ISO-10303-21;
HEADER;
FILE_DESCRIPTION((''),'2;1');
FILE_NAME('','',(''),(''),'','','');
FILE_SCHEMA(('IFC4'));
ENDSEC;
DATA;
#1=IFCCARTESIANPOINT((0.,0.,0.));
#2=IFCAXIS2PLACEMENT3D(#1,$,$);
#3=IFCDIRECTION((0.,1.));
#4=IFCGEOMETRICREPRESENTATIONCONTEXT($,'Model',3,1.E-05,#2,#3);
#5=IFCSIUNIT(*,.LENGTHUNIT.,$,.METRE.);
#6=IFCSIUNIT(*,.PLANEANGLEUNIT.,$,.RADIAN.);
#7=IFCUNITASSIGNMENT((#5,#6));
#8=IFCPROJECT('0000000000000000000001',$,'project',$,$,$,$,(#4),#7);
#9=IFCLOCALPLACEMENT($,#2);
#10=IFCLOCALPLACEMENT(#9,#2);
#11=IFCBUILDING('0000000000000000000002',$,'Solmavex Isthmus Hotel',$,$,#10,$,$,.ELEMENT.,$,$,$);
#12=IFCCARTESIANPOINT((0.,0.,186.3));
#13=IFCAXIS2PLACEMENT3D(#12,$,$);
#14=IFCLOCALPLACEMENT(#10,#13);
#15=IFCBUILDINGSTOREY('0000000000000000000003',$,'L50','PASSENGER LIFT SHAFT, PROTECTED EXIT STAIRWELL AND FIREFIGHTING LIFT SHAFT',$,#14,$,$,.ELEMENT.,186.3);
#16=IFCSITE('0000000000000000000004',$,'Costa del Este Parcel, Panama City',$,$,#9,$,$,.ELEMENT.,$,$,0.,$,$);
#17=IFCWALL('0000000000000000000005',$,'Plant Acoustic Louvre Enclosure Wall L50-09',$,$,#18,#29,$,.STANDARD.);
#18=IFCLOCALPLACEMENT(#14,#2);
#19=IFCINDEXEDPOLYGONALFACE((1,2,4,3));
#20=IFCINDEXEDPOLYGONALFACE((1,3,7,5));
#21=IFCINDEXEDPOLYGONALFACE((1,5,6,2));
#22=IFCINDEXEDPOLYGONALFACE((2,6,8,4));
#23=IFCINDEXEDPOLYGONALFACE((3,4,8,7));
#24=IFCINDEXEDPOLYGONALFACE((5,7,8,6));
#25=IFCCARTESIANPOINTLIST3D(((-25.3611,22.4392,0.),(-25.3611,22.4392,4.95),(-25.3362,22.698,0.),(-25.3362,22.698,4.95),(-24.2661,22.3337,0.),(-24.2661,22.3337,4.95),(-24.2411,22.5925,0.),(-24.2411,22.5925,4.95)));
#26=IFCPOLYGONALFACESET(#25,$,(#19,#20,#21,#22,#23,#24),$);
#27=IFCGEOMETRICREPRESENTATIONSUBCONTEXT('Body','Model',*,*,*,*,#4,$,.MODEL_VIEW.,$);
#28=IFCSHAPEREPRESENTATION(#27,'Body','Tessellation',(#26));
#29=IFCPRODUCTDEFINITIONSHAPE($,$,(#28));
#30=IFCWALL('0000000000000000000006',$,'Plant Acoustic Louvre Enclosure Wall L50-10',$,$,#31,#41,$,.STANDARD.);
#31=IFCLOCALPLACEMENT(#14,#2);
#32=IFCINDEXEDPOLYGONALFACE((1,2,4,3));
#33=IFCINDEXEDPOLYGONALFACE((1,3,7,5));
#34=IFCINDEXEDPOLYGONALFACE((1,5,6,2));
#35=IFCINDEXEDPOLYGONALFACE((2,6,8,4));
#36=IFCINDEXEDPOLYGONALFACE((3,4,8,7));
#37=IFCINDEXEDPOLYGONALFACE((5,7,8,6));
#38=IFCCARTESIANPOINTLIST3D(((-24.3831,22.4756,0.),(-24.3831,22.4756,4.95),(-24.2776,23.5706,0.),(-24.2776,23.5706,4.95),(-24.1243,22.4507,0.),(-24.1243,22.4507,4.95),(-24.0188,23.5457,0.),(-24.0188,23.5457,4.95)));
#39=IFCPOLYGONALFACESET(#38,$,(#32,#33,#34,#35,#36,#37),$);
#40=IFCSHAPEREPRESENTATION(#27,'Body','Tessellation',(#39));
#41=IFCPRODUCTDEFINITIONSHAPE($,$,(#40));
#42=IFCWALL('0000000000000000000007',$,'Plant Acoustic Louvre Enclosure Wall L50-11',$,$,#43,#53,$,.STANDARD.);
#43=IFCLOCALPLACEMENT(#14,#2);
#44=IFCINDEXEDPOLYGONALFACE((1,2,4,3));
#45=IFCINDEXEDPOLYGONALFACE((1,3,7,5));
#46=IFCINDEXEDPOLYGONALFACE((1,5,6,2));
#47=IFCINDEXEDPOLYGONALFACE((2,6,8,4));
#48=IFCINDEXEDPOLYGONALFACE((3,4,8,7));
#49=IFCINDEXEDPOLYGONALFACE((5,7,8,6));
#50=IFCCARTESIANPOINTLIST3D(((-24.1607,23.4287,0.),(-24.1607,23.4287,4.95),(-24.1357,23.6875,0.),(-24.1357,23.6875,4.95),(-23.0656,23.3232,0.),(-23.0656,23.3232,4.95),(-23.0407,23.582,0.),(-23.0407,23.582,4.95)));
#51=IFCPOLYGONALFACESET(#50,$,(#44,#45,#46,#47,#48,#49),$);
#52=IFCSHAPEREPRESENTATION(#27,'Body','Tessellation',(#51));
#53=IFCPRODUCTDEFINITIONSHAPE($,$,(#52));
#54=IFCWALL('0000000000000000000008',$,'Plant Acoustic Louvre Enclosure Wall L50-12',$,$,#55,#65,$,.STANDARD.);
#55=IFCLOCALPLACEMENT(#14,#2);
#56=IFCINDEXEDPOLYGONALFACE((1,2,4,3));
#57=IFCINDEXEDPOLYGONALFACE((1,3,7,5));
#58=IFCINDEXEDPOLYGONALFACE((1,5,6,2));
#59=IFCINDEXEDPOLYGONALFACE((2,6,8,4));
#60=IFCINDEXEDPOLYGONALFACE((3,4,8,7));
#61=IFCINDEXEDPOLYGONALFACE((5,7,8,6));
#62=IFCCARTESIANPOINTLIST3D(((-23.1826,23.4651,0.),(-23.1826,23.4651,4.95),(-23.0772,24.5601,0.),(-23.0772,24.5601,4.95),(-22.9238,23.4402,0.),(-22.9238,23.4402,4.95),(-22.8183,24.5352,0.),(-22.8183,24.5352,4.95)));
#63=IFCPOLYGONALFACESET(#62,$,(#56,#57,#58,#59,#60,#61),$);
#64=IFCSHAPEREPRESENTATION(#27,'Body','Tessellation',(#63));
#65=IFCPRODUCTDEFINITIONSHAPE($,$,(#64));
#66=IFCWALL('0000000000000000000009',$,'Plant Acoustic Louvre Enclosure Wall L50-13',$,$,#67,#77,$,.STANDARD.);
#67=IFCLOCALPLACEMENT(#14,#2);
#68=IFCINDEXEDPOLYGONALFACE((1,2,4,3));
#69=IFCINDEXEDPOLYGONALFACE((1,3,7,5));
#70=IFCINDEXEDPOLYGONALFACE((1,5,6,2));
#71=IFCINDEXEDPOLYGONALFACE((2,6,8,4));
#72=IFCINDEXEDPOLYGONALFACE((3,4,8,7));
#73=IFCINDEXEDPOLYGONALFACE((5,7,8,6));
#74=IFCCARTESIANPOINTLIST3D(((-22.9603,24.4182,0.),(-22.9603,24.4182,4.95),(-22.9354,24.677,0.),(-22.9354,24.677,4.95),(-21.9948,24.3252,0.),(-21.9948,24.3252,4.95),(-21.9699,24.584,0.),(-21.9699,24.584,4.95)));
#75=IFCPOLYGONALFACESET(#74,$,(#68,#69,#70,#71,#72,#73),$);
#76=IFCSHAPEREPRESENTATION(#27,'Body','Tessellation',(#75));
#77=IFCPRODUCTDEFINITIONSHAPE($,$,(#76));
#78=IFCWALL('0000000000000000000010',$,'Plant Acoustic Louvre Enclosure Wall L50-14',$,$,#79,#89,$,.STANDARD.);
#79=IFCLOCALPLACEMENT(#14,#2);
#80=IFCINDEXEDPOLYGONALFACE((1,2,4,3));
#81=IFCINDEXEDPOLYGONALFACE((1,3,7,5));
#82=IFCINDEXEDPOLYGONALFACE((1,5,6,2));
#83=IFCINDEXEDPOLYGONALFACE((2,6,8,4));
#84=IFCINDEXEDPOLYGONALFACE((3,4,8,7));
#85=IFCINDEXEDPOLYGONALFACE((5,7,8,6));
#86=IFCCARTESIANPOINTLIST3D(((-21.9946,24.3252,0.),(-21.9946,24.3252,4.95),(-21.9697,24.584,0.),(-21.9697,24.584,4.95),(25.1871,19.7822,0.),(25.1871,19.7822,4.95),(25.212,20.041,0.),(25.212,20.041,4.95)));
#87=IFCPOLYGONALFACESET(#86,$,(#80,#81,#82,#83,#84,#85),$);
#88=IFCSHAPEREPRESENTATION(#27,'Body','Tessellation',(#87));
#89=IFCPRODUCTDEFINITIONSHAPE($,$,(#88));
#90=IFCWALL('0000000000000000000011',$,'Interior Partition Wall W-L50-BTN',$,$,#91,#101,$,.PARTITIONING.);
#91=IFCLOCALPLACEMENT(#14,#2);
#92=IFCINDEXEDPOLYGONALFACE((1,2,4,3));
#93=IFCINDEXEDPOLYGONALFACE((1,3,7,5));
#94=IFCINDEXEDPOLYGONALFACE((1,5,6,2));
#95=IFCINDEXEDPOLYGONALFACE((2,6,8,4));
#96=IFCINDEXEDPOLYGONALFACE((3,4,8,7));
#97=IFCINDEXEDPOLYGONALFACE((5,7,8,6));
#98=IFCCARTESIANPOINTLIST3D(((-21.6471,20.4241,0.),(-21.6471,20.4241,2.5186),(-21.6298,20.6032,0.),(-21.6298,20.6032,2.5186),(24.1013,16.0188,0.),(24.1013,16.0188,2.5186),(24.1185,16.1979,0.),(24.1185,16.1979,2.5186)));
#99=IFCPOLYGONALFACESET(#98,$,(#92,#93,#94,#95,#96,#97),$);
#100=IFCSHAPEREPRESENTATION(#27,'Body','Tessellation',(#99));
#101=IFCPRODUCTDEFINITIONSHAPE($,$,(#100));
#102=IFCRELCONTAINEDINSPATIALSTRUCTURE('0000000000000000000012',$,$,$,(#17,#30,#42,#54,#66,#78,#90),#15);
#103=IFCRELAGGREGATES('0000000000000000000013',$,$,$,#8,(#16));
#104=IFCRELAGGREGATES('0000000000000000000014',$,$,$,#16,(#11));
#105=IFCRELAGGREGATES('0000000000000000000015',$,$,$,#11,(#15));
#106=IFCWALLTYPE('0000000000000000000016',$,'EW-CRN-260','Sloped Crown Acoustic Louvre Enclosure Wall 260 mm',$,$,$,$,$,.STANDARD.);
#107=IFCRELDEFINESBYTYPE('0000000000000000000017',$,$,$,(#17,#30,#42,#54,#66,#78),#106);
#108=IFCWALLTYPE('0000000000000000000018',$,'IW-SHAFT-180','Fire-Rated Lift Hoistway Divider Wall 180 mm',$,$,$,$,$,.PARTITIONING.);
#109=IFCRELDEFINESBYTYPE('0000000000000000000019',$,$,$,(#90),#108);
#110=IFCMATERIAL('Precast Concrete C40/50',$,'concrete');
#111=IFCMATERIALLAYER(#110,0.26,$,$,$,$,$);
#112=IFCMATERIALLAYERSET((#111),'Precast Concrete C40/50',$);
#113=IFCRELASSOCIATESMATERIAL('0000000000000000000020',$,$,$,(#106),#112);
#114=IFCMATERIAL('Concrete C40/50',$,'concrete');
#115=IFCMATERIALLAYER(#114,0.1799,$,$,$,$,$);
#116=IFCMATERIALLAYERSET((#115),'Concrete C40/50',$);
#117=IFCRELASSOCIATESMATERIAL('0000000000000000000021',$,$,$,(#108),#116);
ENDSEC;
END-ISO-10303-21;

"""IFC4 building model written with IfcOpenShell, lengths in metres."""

from ifc_helpers import new_model, si_unit, direction, frame, frame_2d, origin, place, context, subcontext, project, spatial, rectangle, extrude, material, layer, layer_set, type_object, element, save


model = new_model("IFC4")

# Units and contexts
model_context = context("Model", 3, precision=1e-05, world=origin(), true_north=direction((0.0, 1.0)))
body_context = subcontext(model_context, "Body", "Model", "MODEL_VIEW")
ifc_project = project(units=[si_unit("LENGTHUNIT", "METRE"), si_unit("PLANEANGLEUNIT", "RADIAN")], contexts=[model_context])

# Site, building, storey
site_placement = place(None, origin())
site = spatial("IfcSite", under=ifc_project, at=site_placement, Name="Costa del Este Parcel, Panama City", CompositionType="ELEMENT", RefElevation=0.0)
building_placement = place(site_placement, origin())
building = spatial("IfcBuilding", under=site, at=building_placement, Name="Solmavex Isthmus Hotel", CompositionType="ELEMENT")
storey_placement = place(building_placement, frame((0.0, 0.0, 186.3)))
storey = spatial("IfcBuildingStorey", under=building, at=storey_placement, Name="L50", Description="PASSENGER LIFT SHAFT, PROTECTED EXIT STAIRWELL AND FIREFIGHTING LIFT SHAFT", CompositionType="ELEMENT", Elevation=186.3)

# Walls
ifc_material_1 = material(Name="Precast Concrete C40/50", Category="concrete")
ifc_layer_1 = layer(ifc_material_1, 0.26)
ifc_layer_set_1 = layer_set([ifc_layer_1], Name="Precast Concrete C40/50")
wall_type_1 = type_object("IfcWallType", Name="EW-CRN-260", Description="Sloped Crown Acoustic Louvre Enclosure Wall 260 mm", PredefinedType="STANDARD", material=ifc_layer_set_1)
for number, where, z_axis, x_axis, name in (
    (1, (-25.3486, 22.5686, 0.0), (0.0, 0.0, 1.0), (0.995393, -0.095877, 0.0), "Plant Acoustic Louvre Enclosure Wall L50-09"),
    (2, (-24.2537, 22.4631, 0.0), (0.0, 0.0, 1.0), (0.095877, 0.995393, 0.0), "Plant Acoustic Louvre Enclosure Wall L50-10"),
    (3, (-24.1482, 23.5581, 0.0), (0.0, 0.0, 1.0), (0.995393, -0.095877, 0.0), "Plant Acoustic Louvre Enclosure Wall L50-11"),
    (4, (-23.0532, 23.4526, 0.0), (0.0, 0.0, 1.0), (0.095877, 0.995393, 0.0), "Plant Acoustic Louvre Enclosure Wall L50-12"),
):
    element("IfcWall", number, at=place(storey_placement, frame(where, z_axis=z_axis, x_axis=x_axis)), inside=storey, type_object=wall_type_1, Name=name, PredefinedType="STANDARD", context=body_context, shape_type="SweptSolid", body=[
        extrude(rectangle(XDim=1.1001, YDim=0.26, at=frame_2d((0.55, 0.0))), origin(), (0.0, 0.0, 1.0), 4.95),
    ])
wall_1_placement = place(storey_placement, frame((-22.9478, 24.5476, 0.0), z_axis=(0.0, 0.0, 1.0), x_axis=(0.995392, -0.09589, 0.0)))
element("IfcWall", 5, at=wall_1_placement, inside=storey, type_object=wall_type_1, Name="Plant Acoustic Louvre Enclosure Wall L50-13", PredefinedType="STANDARD", context=body_context, shape_type="SweptSolid", body=[
    extrude(rectangle(XDim=0.97, YDim=0.26, at=frame_2d((0.4849, 0.0))), origin(), (0.0, 0.0, 1.0), 4.95),
])
wall_2_placement = place(storey_placement, frame((-21.9822, 24.4546, 0.0), z_axis=(0.0, 0.0, 1.0), x_axis=(0.995396, -0.095844, 0.0)))
element("IfcWall", 6, at=wall_2_placement, inside=storey, type_object=wall_type_1, Name="Plant Acoustic Louvre Enclosure Wall L50-14", PredefinedType="STANDARD", context=body_context, shape_type="SweptSolid", body=[
    extrude(rectangle(XDim=47.3999, YDim=0.26, at=frame_2d((23.7, 0.0))), origin(), (0.0, 0.0, 1.0), 4.95),
])
ifc_material_2 = material(Name="Concrete C40/50", Category="concrete")
ifc_layer_2 = layer(ifc_material_2, 0.1799)
ifc_layer_set_2 = layer_set([ifc_layer_2], Name="Concrete C40/50")
wall_type_2 = type_object("IfcWallType", Name="IW-SHAFT-180", Description="Fire-Rated Lift Hoistway Divider Wall 180 mm", PredefinedType="PARTITIONING", material=ifc_layer_set_2)
wall_3_placement = place(storey_placement, frame((-21.6384, 20.5137, 0.0), z_axis=(0.0, 0.0, 1.0), x_axis=(0.995396, -0.09585, 0.0)))
element("IfcWall", 7, at=wall_3_placement, inside=storey, type_object=wall_type_2, Name="Interior Partition Wall W-L50-BTN", PredefinedType="PARTITIONING", context=body_context, shape_type="SweptSolid", body=[
    extrude(rectangle(XDim=45.96, YDim=0.1799, at=frame_2d((22.98, 0.0))), origin(), (0.0, 0.0, 1.0), 2.5186),
])

save(model, "model.ifc")
